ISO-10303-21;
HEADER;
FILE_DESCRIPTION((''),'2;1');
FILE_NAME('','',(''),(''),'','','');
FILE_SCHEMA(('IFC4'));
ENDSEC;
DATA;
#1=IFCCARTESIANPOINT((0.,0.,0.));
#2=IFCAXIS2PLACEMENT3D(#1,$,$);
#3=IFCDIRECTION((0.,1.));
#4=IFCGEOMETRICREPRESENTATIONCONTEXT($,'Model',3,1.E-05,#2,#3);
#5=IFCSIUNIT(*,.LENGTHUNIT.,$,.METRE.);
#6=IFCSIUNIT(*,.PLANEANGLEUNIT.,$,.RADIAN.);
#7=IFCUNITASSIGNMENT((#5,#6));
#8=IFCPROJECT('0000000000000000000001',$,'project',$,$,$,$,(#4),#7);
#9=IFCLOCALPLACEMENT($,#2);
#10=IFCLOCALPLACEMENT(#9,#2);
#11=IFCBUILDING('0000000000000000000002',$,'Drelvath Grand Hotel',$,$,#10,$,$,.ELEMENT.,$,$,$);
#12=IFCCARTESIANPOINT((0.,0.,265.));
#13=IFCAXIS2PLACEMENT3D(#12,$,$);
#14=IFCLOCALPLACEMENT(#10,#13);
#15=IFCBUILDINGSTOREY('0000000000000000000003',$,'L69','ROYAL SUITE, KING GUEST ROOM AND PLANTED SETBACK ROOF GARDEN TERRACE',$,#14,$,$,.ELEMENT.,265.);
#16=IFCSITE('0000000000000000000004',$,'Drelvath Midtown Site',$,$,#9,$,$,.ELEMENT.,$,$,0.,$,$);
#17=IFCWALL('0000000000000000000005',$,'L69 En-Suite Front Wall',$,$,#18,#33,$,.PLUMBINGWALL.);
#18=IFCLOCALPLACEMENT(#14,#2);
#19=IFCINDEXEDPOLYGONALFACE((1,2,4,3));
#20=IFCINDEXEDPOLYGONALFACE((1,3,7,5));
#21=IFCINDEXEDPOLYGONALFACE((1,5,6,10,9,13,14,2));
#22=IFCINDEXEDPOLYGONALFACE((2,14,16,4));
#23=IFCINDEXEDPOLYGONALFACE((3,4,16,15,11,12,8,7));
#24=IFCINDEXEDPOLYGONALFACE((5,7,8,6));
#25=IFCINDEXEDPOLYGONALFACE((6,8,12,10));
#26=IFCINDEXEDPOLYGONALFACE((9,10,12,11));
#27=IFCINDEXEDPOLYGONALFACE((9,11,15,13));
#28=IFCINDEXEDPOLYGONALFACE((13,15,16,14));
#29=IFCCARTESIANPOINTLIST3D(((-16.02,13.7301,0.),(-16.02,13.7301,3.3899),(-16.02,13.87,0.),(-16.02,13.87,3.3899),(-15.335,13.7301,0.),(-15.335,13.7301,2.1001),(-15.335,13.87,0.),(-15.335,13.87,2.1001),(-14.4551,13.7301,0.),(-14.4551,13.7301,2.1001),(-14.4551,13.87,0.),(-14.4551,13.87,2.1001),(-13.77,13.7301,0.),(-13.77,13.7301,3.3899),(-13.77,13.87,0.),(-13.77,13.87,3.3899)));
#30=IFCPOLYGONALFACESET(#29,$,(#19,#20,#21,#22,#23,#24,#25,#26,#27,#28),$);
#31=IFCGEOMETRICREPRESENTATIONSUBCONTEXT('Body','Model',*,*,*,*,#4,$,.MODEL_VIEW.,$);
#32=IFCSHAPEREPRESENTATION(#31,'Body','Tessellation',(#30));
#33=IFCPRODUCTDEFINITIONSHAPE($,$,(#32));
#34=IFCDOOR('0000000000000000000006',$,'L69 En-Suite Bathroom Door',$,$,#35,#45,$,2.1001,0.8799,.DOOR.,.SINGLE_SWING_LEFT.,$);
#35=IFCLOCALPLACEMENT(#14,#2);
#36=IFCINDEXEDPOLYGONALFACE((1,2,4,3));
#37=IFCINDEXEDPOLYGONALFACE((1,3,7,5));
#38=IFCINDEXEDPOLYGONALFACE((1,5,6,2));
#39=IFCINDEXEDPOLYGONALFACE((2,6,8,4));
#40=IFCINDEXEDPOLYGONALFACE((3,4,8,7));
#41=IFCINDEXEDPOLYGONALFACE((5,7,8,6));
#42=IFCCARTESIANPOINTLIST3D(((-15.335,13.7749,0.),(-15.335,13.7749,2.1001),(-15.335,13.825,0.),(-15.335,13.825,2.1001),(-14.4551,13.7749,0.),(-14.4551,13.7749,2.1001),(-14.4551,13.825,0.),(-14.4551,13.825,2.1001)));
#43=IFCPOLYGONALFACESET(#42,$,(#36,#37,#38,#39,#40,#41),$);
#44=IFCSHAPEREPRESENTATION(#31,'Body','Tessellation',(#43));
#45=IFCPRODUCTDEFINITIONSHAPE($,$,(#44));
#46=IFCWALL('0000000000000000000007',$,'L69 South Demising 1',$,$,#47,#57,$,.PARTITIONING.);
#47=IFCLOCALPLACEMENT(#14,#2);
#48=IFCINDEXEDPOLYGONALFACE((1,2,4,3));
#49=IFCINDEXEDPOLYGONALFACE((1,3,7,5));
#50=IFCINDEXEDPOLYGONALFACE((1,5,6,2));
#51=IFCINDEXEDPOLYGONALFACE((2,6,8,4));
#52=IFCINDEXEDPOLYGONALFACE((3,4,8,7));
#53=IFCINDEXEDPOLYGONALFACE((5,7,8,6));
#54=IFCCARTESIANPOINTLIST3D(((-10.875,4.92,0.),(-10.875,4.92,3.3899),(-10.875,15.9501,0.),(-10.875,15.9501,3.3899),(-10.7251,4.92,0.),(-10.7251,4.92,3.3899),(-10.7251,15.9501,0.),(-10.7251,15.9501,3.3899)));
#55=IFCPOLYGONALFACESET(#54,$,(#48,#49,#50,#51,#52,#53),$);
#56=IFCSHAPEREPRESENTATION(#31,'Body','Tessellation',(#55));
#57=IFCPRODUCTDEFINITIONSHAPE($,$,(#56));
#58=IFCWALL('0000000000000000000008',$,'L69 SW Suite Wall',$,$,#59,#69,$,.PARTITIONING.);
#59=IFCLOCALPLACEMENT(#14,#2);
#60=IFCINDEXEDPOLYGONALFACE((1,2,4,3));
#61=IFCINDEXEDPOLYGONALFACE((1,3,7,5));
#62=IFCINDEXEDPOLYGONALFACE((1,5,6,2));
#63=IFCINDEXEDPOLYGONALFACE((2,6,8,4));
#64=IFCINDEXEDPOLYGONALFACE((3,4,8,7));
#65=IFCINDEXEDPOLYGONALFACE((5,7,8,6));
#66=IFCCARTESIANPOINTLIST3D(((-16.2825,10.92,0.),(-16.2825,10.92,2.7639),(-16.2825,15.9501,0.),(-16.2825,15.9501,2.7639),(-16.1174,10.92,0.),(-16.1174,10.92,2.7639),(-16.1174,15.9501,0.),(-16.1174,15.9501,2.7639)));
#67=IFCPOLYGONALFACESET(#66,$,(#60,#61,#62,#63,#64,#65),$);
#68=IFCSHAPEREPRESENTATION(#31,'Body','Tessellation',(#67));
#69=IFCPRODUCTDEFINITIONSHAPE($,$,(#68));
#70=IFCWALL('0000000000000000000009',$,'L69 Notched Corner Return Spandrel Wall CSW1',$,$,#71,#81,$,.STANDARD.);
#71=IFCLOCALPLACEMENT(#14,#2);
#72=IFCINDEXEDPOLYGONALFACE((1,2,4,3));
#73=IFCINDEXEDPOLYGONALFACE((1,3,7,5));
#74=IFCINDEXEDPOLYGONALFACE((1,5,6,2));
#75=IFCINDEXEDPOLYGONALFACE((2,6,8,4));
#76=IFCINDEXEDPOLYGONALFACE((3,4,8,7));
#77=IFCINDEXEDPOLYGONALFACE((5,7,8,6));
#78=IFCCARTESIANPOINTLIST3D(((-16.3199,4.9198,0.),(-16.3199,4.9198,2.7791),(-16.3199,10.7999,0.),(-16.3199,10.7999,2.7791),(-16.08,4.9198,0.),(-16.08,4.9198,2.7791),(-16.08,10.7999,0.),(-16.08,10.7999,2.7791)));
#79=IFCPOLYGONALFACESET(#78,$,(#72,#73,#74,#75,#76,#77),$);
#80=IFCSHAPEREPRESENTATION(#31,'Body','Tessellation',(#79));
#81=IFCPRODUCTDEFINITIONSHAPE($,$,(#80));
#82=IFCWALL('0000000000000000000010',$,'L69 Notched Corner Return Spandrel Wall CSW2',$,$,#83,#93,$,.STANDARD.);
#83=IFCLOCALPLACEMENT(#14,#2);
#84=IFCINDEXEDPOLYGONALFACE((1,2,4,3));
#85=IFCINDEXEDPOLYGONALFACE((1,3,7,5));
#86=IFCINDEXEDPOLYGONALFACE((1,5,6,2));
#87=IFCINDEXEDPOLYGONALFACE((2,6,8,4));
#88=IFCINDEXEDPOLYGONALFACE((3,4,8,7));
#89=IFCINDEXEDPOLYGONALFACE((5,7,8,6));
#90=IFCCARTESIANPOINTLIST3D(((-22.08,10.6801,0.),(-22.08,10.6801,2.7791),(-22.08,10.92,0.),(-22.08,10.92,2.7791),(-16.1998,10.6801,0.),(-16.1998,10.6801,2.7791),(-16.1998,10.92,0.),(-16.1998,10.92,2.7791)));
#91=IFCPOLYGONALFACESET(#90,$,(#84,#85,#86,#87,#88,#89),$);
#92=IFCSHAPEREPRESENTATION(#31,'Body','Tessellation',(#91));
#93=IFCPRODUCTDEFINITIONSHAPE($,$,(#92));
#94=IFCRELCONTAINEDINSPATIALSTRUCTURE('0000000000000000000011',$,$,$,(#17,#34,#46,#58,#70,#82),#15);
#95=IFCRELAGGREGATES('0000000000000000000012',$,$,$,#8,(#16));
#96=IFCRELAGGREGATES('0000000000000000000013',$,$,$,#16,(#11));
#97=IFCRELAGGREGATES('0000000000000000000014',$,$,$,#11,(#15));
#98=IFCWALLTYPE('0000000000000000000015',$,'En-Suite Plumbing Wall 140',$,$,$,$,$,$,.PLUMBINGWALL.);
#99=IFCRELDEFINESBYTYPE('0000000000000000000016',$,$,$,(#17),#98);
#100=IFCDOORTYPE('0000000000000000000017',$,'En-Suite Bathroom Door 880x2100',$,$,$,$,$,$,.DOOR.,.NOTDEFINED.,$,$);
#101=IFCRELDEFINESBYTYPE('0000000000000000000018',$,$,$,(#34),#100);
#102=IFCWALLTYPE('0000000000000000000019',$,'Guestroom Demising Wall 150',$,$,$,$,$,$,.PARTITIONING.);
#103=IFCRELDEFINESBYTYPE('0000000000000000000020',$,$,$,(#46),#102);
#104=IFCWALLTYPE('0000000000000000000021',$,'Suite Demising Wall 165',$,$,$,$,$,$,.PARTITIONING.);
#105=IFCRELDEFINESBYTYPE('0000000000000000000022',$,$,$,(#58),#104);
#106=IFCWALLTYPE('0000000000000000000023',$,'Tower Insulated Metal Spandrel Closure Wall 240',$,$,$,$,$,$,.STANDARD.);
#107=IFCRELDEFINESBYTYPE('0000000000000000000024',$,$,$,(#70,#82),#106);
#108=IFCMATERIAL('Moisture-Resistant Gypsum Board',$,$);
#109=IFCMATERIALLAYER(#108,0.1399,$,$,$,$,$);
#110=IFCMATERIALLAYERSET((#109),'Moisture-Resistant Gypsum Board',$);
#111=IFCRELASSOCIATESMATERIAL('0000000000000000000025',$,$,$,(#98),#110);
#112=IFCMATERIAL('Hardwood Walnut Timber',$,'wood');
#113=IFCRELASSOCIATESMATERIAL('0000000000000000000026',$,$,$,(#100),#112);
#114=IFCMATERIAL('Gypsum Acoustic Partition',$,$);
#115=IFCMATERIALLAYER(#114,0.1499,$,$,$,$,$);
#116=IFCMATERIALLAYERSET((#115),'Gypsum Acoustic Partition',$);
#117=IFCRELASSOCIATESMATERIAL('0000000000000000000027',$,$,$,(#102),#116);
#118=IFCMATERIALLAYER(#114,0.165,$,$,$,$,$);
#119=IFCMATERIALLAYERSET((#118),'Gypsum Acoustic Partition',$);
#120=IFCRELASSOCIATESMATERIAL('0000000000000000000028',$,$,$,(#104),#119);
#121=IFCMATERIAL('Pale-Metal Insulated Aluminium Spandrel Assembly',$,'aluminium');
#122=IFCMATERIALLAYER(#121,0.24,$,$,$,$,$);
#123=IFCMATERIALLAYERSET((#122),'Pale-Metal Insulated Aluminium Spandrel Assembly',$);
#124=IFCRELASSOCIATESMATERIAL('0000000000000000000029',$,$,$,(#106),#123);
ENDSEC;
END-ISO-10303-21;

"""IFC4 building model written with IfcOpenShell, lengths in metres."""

from ifc_helpers import new_model, si_unit, direction, frame, frame_2d, origin, place, context, subcontext, project, spatial, rectangle, extrude, material, layer, layer_set, type_object, element, fill, save


model = new_model("IFC4")

# Units and contexts
model_context = context("Model", 3, precision=1e-05, world=origin(), true_north=direction((0.0, 1.0)))
body_context = subcontext(model_context, "Body", "Model", "MODEL_VIEW")
ifc_project = project(units=[si_unit("LENGTHUNIT", "METRE"), si_unit("PLANEANGLEUNIT", "RADIAN")], contexts=[model_context])

# Site, building, storey
site_placement = place(None, origin())
site = spatial("IfcSite", under=ifc_project, at=site_placement, Name="Drelvath Midtown Site", CompositionType="ELEMENT", RefElevation=0.0)
building_placement = place(site_placement, origin())
building = spatial("IfcBuilding", under=site, at=building_placement, Name="Drelvath Grand Hotel", CompositionType="ELEMENT")
storey_placement = place(building_placement, frame((0.0, 0.0, 265.0)))
storey = spatial("IfcBuildingStorey", under=building, at=storey_placement, Name="L69", Description="ROYAL SUITE, KING GUEST ROOM AND PLANTED SETBACK ROOF GARDEN TERRACE", CompositionType="ELEMENT", Elevation=265.0)

# Wall, opening, door
ifc_material_1 = material(Name="Moisture-Resistant Gypsum Board")
ifc_layer_1 = layer(ifc_material_1, 0.1399)
ifc_layer_set_1 = layer_set([ifc_layer_1], Name="Moisture-Resistant Gypsum Board")
wall_type_1 = type_object("IfcWallType", Name="En-Suite Plumbing Wall 140", PredefinedType="PLUMBINGWALL", material=ifc_layer_set_1)
wall_1_placement = place(storey_placement, frame((-16.02, 13.8, 0.0), z_axis=(0.0, 0.0, 1.0), x_axis=(1.0, 0.0, 0.0)))
wall_1 = element("IfcWall", 1, at=wall_1_placement, inside=storey, type_object=wall_type_1, Name="L69 En-Suite Front Wall", PredefinedType="PLUMBINGWALL", context=body_context, shape_type="SweptSolid", body=[
    extrude(rectangle(XDim=2.25, YDim=0.1399, at=frame_2d((1.125, 0.0))), origin(), (0.0, 0.0, 1.0), 3.3899),
])
opening_placement = place(wall_1_placement, frame((0.6851, 0.0, 0.0)))
opening = element("IfcOpeningElement", 2, at=opening_placement, cuts=wall_1, PredefinedType="OPENING", context=body_context, shape_type="SweptSolid", body=[
    extrude(rectangle(XDim=0.8799, YDim=2.1001, at=frame_2d((0.4399, 1.05))), frame((0.0, 0.0798, 0.0), z_axis=(0.0, -1.0, 0.0), x_axis=(1.0, 0.0, 0.0)), (0.0, 0.0, 1.0), 0.1599),
])
ifc_material_2 = material(Name="Hardwood Walnut Timber", Category="wood")
door_type = type_object("IfcDoorType", Name="En-Suite Bathroom Door 880x2100", OperationType="NOTDEFINED", PredefinedType="DOOR", material=ifc_material_2)
door_placement = place(opening_placement, origin())
door = element("IfcDoor", 3, at=door_placement, inside=storey, type_object=door_type, Name="L69 En-Suite Bathroom Door", OperationType="SINGLE_SWING_LEFT", OverallHeight=2.1001, OverallWidth=0.8799, PredefinedType="DOOR", context=body_context, shape_type="SweptSolid", body=[
    extrude(rectangle(XDim=0.8799, YDim=2.1001, at=frame_2d((0.4399, 1.05))), frame((0.0, 0.0249, 0.0), z_axis=(0.0, -1.0, 0.0), x_axis=(1.0, 0.0, 0.0)), (0.0, 0.0, 1.0), 0.05),
])
fill(opening, door)

# Walls
ifc_material_3 = material(Name="Gypsum Acoustic Partition")
ifc_layer_2 = layer(ifc_material_3, 0.1499)
ifc_layer_set_2 = layer_set([ifc_layer_2], Name="Gypsum Acoustic Partition")
wall_type_2 = type_object("IfcWallType", Name="Guestroom Demising Wall 150", PredefinedType="PARTITIONING", material=ifc_layer_set_2)
wall_2_placement = place(storey_placement, frame((-10.8, 4.9199, 0.0), z_axis=(0.0, 0.0, 1.0), x_axis=(0.0, 1.0, 0.0)))
element("IfcWall", 4, at=wall_2_placement, inside=storey, type_object=wall_type_2, Name="L69 South Demising 1", PredefinedType="PARTITIONING", context=body_context, shape_type="SweptSolid", body=[
    extrude(rectangle(XDim=11.03, YDim=0.1499, at=frame_2d((5.5151, 0.0))), origin(), (0.0, 0.0, 1.0), 3.3899),
])
ifc_layer_3 = layer(ifc_material_3, 0.165)
ifc_layer_set_3 = layer_set([ifc_layer_3], Name="Gypsum Acoustic Partition")
wall_type_3 = type_object("IfcWallType", Name="Suite Demising Wall 165", PredefinedType="PARTITIONING", material=ifc_layer_set_3)
wall_3_placement = place(storey_placement, frame((-16.2, 10.9199, 0.0), z_axis=(0.0, 0.0, 1.0), x_axis=(0.0, 1.0, 0.0)))
element("IfcWall", 5, at=wall_3_placement, inside=storey, type_object=wall_type_3, Name="L69 SW Suite Wall", PredefinedType="PARTITIONING", context=body_context, shape_type="SweptSolid", body=[
    extrude(rectangle(XDim=5.03, YDim=0.165, at=frame_2d((2.5151, 0.0))), origin(), (0.0, 0.0, 1.0), 2.7639),
])
ifc_material_4 = material(Name="Pale-Metal Insulated Aluminium Spandrel Assembly", Category="aluminium")
ifc_layer_4 = layer(ifc_material_4, 0.24)
ifc_layer_set_4 = layer_set([ifc_layer_4], Name="Pale-Metal Insulated Aluminium Spandrel Assembly")
wall_type_4 = type_object("IfcWallType", Name="Tower Insulated Metal Spandrel Closure Wall 240", PredefinedType="STANDARD", material=ifc_layer_set_4)
for number, where, z_axis, x_axis, name in (
    (6, (-16.2, 4.9199, 0.0), (0.0, 0.0, 1.0), (0.0, 1.0, 0.0), "L69 Notched Corner Return Spandrel Wall CSW1"),
    (7, (-16.2, 10.8, 0.0), (0.0, 0.0, 1.0), (-1.0, 0.0, 0.0), "L69 Notched Corner Return Spandrel Wall CSW2"),
):
    element("IfcWall", number, at=place(storey_placement, frame(where, z_axis=z_axis, x_axis=x_axis)), inside=storey, type_object=wall_type_4, Name=name, PredefinedType="STANDARD", context=body_context, shape_type="SweptSolid", body=[
        extrude(rectangle(XDim=5.8801, YDim=0.24, at=frame_2d((2.9399, 0.0))), origin(), (0.0, 0.0, 1.0), 2.7791),
    ])

save(model, "model.ifc")
